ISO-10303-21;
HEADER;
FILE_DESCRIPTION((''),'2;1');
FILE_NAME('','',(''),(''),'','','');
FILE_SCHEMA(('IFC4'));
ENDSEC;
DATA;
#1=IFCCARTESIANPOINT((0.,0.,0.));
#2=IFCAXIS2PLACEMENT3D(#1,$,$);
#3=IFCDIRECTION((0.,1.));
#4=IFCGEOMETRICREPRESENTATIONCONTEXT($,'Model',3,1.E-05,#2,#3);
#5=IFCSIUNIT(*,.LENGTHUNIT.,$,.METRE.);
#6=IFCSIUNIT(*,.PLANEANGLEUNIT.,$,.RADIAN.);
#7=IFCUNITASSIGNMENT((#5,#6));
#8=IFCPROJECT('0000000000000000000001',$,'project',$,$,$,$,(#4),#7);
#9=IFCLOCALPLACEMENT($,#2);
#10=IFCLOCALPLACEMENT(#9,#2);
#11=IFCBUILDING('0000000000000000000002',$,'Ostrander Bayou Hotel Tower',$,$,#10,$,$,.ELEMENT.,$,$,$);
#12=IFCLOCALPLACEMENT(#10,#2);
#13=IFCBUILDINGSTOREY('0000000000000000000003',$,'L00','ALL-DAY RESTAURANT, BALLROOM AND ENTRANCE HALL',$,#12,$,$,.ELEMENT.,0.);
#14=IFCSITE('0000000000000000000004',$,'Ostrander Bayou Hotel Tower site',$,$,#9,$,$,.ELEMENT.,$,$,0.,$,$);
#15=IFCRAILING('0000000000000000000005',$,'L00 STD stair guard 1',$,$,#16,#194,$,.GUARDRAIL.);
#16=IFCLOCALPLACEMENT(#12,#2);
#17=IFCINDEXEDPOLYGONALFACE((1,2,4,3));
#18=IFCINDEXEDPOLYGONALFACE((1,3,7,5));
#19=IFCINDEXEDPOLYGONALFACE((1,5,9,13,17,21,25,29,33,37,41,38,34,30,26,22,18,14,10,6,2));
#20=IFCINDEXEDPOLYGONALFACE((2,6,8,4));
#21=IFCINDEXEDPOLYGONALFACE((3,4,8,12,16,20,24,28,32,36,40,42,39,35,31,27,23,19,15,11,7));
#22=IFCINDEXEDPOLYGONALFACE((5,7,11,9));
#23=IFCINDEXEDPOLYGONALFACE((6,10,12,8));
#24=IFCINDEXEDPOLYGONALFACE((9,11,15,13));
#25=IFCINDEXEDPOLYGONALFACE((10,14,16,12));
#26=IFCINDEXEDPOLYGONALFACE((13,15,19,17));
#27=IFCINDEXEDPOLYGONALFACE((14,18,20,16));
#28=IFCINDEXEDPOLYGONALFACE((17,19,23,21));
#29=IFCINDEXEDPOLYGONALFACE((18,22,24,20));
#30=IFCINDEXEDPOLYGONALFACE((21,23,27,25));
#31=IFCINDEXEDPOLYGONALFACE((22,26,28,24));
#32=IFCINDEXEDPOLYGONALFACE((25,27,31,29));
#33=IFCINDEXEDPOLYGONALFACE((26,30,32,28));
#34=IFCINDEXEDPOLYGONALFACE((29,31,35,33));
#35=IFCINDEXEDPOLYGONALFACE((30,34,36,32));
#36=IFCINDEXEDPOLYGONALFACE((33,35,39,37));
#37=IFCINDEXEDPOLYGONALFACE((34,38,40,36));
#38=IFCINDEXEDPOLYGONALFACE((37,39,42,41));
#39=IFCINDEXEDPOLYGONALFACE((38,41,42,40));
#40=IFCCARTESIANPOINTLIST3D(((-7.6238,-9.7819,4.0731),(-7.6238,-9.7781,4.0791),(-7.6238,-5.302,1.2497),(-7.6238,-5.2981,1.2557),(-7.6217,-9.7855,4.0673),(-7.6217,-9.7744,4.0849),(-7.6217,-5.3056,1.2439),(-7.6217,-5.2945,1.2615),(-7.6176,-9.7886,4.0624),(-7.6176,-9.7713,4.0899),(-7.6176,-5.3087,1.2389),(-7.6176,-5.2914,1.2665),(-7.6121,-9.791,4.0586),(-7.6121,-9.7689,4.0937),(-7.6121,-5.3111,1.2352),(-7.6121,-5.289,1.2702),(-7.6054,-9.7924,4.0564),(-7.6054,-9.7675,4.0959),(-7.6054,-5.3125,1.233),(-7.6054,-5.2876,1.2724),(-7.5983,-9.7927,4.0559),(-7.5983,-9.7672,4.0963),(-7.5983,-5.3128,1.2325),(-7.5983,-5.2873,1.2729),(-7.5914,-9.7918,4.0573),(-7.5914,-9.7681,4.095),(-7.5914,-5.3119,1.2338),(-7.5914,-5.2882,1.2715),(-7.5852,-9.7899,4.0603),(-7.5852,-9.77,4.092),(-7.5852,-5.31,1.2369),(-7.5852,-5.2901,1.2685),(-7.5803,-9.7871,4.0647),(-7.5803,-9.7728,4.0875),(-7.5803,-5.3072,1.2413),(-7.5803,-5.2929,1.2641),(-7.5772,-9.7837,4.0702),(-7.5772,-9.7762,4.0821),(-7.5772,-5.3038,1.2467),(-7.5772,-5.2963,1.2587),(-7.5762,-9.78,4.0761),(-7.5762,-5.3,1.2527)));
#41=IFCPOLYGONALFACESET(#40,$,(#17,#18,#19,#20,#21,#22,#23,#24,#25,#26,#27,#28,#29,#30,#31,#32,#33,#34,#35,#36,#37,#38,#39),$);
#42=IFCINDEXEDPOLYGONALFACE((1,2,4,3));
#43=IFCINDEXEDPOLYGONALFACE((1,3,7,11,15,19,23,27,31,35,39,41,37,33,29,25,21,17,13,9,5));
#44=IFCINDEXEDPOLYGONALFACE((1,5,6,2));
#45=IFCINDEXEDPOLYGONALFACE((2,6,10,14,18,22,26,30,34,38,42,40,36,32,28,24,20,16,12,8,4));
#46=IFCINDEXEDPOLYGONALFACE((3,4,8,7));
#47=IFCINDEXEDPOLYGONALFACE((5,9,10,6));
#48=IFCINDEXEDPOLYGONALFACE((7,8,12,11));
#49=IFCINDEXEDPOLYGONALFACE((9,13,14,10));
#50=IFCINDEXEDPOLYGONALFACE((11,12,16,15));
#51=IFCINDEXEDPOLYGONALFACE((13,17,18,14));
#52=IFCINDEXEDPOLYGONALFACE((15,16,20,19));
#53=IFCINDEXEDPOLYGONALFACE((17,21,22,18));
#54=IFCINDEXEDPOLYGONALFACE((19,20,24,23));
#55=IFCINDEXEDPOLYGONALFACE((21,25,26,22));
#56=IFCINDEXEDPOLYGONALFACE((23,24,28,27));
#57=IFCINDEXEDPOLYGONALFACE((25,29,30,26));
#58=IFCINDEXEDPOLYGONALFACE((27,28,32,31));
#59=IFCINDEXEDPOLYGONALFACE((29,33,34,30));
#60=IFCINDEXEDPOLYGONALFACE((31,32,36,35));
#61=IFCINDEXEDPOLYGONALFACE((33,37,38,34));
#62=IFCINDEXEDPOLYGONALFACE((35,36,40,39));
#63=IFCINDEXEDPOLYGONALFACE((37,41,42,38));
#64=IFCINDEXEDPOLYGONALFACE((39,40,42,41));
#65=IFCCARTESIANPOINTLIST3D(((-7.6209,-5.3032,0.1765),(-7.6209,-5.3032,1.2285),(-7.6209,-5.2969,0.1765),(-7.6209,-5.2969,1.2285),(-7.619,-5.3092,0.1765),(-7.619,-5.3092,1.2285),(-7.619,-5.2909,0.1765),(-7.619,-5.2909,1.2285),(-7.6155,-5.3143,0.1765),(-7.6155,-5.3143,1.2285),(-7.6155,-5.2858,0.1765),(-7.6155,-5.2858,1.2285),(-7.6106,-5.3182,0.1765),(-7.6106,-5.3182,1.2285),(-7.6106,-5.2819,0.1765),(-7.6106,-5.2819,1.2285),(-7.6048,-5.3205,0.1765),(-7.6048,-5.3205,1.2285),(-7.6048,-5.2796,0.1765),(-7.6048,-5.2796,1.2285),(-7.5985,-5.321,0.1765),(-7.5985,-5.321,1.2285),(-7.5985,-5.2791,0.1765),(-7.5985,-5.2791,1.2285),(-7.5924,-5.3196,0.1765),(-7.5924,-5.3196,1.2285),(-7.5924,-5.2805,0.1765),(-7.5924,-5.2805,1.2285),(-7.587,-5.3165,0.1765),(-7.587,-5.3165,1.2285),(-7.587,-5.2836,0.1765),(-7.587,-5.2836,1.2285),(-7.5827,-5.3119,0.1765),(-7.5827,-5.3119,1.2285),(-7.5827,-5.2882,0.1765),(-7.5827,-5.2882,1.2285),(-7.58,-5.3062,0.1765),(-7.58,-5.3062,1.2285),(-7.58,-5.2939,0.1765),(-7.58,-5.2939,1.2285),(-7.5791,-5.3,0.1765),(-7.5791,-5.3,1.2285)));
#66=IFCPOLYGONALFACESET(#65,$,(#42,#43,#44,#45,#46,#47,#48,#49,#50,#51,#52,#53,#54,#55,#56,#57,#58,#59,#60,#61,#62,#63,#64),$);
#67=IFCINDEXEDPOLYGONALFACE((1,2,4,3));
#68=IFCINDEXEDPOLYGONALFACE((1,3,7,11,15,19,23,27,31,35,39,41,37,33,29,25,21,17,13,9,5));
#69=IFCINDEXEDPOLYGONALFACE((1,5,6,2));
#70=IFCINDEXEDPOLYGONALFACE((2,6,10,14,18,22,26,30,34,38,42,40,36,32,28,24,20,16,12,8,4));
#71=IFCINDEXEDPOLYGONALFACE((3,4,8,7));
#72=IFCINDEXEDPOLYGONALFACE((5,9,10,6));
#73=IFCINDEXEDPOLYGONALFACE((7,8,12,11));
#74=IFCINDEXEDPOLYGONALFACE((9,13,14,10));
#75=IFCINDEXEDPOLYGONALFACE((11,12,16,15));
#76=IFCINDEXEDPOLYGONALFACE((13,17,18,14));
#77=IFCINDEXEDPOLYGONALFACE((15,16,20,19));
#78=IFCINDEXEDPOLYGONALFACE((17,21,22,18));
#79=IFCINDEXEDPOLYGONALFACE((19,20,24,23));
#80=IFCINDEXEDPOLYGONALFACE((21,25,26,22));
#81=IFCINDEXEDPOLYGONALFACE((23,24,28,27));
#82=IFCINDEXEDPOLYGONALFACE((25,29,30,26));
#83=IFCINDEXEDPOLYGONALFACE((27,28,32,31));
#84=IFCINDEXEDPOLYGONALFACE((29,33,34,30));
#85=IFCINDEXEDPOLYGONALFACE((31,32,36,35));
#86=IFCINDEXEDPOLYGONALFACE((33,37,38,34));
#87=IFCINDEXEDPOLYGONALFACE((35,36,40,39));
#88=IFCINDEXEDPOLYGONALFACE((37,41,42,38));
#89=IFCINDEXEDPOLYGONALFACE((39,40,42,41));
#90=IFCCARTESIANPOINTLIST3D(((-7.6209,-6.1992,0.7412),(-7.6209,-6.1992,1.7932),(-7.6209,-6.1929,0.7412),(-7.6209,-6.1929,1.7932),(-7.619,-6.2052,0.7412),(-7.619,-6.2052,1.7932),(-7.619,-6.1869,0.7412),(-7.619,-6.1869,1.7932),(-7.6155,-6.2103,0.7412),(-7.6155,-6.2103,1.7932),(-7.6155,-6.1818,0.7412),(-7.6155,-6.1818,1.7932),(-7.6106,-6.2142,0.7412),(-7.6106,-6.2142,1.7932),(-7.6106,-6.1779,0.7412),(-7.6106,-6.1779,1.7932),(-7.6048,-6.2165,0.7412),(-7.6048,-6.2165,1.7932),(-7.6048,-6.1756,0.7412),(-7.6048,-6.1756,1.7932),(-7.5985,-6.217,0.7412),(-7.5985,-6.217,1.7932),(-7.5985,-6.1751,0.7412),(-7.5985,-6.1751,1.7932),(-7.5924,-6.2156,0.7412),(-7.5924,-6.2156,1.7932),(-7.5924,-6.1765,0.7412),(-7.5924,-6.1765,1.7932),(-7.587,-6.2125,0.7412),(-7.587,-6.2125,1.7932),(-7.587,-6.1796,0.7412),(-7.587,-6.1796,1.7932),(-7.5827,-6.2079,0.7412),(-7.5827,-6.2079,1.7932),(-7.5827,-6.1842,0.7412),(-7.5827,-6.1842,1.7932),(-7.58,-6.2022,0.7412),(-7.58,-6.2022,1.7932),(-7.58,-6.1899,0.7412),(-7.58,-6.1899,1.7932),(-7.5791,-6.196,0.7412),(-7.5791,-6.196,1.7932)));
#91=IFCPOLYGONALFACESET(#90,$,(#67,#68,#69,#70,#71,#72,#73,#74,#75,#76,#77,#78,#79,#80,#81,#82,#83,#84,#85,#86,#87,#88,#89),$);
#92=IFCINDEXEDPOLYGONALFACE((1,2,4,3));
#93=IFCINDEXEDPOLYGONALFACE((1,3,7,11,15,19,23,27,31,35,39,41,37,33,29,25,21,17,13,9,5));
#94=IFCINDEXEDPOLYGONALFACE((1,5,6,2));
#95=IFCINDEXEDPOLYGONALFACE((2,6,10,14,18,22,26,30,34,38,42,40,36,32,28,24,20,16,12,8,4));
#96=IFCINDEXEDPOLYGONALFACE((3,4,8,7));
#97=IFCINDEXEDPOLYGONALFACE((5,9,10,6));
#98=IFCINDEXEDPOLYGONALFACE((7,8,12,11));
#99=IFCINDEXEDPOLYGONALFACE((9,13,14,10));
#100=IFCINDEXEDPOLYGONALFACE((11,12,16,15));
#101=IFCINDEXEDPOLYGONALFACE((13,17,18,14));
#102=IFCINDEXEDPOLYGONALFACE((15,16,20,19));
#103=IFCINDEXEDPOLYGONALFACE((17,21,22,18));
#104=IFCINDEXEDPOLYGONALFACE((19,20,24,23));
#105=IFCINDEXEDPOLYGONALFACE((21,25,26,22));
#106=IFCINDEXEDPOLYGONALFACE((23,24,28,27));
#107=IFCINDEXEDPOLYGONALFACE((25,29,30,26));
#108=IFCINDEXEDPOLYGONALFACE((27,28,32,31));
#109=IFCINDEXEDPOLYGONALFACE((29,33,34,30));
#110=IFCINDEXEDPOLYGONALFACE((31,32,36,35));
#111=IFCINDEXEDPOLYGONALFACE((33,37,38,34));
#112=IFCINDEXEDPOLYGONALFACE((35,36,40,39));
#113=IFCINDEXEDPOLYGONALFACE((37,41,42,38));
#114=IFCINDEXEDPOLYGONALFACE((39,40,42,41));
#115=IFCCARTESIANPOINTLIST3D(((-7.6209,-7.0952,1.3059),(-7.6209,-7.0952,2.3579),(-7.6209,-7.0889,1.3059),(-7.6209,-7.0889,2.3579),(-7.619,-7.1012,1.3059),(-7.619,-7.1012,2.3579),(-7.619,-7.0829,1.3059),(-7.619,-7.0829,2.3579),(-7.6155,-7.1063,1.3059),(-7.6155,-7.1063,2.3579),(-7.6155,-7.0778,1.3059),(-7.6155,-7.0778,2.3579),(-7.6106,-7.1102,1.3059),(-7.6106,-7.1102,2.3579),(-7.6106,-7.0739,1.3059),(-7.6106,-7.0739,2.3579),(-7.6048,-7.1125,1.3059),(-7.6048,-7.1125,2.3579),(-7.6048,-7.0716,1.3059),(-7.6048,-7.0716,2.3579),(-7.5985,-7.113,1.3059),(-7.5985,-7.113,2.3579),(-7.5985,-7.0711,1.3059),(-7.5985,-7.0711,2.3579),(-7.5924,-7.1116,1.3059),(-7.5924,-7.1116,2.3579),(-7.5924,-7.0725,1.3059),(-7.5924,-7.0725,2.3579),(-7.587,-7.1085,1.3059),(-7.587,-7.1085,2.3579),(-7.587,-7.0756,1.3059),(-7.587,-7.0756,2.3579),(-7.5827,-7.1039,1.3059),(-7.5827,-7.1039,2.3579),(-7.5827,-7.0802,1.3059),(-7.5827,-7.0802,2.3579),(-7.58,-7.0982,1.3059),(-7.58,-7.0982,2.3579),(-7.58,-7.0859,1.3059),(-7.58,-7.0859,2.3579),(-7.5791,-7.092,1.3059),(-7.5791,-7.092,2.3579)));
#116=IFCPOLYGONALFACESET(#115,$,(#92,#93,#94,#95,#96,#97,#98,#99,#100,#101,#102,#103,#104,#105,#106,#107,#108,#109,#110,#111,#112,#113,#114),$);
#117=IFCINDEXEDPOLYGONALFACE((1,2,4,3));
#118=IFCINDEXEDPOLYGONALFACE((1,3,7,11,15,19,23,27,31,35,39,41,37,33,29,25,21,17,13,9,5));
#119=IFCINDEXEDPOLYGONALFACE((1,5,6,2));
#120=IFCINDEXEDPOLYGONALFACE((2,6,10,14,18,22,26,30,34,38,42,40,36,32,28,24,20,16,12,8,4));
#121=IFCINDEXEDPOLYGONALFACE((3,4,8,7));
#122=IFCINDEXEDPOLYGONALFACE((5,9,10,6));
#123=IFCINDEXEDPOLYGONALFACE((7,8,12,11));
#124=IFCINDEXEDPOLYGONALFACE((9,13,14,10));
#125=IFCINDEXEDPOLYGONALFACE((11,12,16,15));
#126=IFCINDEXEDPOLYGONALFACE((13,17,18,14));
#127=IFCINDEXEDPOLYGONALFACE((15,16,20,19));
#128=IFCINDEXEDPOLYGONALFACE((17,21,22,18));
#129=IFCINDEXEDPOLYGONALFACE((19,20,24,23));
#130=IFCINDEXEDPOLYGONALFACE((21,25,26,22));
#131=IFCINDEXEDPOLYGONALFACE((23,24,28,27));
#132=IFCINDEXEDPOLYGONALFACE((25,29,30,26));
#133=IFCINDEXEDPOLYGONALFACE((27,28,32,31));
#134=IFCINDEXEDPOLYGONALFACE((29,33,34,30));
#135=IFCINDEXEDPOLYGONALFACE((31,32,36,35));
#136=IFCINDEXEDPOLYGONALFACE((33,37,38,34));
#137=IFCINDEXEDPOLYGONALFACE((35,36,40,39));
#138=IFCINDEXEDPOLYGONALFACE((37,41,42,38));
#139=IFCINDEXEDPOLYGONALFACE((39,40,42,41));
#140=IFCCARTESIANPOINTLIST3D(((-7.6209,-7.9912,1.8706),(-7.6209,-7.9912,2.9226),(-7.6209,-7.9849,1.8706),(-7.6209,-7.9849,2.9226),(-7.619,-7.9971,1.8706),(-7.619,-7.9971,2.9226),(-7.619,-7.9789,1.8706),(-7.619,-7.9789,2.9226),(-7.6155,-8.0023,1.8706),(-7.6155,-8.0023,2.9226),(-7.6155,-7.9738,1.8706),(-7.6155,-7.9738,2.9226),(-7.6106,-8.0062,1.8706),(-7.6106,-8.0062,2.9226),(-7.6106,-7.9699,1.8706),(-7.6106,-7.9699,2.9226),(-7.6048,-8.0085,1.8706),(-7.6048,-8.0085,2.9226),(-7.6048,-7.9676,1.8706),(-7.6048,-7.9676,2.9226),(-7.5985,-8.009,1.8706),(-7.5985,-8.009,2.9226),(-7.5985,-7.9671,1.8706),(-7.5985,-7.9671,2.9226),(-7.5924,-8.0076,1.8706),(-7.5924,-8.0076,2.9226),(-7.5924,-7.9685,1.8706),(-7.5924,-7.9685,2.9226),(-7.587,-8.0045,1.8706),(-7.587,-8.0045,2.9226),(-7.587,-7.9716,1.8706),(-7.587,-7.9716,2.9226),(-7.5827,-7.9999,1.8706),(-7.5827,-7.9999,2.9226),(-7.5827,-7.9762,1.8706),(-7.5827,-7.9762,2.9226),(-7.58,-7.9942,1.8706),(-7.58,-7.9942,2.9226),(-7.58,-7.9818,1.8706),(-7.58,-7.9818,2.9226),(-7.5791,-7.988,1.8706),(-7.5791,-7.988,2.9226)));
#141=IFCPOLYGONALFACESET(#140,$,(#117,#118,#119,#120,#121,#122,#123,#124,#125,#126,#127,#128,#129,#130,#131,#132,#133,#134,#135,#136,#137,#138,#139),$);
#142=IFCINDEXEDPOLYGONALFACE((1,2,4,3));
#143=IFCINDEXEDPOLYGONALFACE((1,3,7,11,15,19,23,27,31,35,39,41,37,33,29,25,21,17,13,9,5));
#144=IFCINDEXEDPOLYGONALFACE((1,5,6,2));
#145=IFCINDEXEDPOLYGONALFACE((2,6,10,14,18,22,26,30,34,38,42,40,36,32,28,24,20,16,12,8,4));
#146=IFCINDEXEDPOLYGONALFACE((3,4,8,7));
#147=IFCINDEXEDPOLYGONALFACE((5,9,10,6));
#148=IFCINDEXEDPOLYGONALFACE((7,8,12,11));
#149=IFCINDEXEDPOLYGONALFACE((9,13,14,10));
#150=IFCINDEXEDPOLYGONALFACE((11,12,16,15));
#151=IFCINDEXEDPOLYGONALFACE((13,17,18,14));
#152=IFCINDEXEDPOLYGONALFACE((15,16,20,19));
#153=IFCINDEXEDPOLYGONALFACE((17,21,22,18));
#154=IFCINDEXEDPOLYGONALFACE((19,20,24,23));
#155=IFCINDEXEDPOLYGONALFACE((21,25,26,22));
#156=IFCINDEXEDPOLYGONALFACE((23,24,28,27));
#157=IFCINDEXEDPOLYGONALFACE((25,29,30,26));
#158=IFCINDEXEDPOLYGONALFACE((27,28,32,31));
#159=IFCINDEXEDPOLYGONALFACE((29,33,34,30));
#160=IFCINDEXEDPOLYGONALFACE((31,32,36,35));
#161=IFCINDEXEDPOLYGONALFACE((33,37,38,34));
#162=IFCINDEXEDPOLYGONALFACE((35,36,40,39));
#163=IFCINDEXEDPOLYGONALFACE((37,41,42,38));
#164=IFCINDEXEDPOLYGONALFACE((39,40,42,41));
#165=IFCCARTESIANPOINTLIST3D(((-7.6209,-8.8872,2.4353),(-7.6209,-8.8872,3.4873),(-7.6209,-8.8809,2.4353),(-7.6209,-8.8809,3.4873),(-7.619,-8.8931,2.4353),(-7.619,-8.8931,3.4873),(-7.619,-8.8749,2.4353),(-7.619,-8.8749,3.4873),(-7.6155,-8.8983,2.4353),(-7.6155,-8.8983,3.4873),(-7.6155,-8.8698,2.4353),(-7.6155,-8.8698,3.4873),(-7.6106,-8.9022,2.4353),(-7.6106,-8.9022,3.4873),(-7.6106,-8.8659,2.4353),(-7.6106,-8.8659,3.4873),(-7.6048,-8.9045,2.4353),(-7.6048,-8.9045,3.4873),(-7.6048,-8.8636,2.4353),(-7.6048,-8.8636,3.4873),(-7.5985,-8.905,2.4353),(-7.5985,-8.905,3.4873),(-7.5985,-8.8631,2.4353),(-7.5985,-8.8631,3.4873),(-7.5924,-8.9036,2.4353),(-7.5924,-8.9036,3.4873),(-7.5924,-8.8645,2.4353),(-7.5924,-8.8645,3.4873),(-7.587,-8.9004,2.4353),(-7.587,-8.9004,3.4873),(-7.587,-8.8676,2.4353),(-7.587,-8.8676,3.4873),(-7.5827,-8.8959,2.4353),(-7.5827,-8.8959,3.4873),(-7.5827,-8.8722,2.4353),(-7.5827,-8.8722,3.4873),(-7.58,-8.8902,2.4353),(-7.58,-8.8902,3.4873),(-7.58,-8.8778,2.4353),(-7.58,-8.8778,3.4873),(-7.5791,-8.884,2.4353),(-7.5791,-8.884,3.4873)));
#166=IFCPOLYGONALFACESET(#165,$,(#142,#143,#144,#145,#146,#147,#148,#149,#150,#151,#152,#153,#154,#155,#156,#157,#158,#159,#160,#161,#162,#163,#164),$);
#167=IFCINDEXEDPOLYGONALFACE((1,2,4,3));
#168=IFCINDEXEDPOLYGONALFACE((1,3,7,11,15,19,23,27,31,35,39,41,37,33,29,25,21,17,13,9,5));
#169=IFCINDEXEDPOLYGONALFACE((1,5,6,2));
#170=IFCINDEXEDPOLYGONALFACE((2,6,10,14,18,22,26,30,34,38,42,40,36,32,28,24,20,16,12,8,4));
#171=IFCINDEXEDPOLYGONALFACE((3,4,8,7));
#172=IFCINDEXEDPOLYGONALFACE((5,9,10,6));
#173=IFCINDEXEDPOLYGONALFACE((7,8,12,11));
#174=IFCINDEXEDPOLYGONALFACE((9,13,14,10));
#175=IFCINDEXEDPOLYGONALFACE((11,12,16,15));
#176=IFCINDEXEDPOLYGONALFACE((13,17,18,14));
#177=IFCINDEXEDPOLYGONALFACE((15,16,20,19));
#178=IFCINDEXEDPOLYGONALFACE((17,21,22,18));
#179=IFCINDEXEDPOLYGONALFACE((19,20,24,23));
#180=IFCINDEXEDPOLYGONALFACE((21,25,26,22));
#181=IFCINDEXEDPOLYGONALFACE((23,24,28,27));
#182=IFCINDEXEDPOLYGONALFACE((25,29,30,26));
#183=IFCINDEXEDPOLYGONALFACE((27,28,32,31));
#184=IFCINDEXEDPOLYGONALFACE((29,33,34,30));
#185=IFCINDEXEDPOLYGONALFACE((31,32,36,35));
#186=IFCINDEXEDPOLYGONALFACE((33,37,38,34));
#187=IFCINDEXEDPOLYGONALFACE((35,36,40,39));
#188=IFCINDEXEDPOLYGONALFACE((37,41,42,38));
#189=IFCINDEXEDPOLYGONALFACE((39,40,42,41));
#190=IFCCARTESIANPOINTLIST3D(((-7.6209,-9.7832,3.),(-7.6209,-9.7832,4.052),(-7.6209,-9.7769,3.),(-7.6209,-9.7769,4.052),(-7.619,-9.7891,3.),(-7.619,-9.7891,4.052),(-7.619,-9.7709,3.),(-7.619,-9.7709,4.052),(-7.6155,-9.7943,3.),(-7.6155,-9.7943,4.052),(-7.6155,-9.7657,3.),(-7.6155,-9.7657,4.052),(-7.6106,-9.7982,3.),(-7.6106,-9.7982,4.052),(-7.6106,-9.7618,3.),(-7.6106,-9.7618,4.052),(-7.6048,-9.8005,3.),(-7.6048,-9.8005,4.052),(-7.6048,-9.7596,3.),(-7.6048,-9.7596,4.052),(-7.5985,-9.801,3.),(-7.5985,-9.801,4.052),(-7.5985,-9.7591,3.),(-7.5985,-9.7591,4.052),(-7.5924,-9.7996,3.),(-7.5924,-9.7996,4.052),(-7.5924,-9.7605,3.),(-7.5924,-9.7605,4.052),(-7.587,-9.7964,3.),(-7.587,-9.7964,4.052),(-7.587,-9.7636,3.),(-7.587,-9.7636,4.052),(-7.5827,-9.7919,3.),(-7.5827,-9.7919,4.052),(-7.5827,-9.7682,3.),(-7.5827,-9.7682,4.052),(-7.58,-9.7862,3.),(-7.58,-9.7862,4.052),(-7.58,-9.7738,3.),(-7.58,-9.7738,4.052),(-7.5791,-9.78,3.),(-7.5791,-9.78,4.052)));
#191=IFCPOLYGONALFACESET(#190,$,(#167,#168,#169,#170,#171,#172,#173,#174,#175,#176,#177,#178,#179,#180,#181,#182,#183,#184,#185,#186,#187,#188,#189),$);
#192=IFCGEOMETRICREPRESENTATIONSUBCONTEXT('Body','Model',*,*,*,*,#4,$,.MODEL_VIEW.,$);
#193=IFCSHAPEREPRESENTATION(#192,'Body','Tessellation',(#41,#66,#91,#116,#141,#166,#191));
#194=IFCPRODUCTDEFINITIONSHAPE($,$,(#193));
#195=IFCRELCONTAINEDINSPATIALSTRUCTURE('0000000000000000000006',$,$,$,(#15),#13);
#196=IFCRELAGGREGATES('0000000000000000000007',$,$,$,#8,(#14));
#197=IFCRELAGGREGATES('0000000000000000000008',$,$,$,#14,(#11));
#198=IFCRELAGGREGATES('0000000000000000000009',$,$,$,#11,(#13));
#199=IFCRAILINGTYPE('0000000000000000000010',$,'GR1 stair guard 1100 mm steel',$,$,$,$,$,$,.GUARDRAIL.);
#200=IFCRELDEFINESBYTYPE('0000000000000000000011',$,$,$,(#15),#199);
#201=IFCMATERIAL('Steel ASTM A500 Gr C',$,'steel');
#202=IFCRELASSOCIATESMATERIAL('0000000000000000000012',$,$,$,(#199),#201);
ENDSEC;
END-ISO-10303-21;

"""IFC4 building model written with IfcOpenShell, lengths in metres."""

from ifc_helpers import new_model, si_unit, direction, frame, origin, origin_2d, place, context, subcontext, project, spatial, circle, extrude, material, type_object, element, save


model = new_model("IFC4")

# Units and contexts
model_context = context("Model", 3, precision=1e-05, world=origin(), true_north=direction((0.0, 1.0)))
body_context = subcontext(model_context, "Body", "Model", "MODEL_VIEW")
ifc_project = project(units=[si_unit("LENGTHUNIT", "METRE"), si_unit("PLANEANGLEUNIT", "RADIAN")], contexts=[model_context])

# Site, building, storey
site_placement = place(None, origin())
site = spatial("IfcSite", under=ifc_project, at=site_placement, Name="Ostrander Bayou Hotel Tower site", CompositionType="ELEMENT", RefElevation=0.0)
building_placement = place(site_placement, origin())
building = spatial("IfcBuilding", under=site, at=building_placement, Name="Ostrander Bayou Hotel Tower", CompositionType="ELEMENT")
storey_placement = place(building_placement, origin())
storey = spatial("IfcBuildingStorey", under=building, at=storey_placement, Name="L00", Description="ALL-DAY RESTAURANT, BALLROOM AND ENTRANCE HALL", CompositionType="ELEMENT", Elevation=0.0)

# Railing
ifc_material_1 = material(Name="Steel ASTM A500 Gr C", Category="steel")
railing_type_1 = type_object("IfcRailingType", Name="GR1 stair guard 1100 mm steel", PredefinedType="GUARDRAIL", material=ifc_material_1)
railing_1_placement = place(storey_placement, frame((-7.6001, -5.3, 0.1765)))
element("IfcRailing", 1, at=railing_1_placement, inside=storey, type_object=railing_type_1, Name="L00 STD stair guard 1", PredefinedType="GUARDRAIL", context=body_context, shape_type="SweptSolid", body=[
    extrude(circle(Radius=0.0239, at=origin_2d()), frame((0.0, 0.0, 1.0762), z_axis=(0.0, -0.845998, 0.533186), x_axis=(1.0, 0.0, 0.0)), (0.0, 0.0, 1.0), 5.2954),
    extrude(circle(Radius=0.021, at=origin_2d()), origin(), (0.0, 0.0, 1.0), 1.052),
    extrude(circle(Radius=0.021, at=origin_2d()), frame((0.0, -0.896, 0.5647)), (0.0, 0.0, 1.0), 1.052),
    extrude(circle(Radius=0.021, at=origin_2d()), frame((0.0, -1.792, 1.1294)), (0.0, 0.0, 1.0), 1.052),
    extrude(circle(Radius=0.021, at=origin_2d()), frame((0.0, -2.688, 1.6941)), (0.0, 0.0, 1.0), 1.052),
    extrude(circle(Radius=0.021, at=origin_2d()), frame((0.0, -3.584, 2.2588)), (0.0, 0.0, 1.0), 1.052),
    extrude(circle(Radius=0.021, at=origin_2d()), frame((0.0, -4.48, 2.8235)), (0.0, 0.0, 1.0), 1.052),
])

save(model, "model.ifc")
